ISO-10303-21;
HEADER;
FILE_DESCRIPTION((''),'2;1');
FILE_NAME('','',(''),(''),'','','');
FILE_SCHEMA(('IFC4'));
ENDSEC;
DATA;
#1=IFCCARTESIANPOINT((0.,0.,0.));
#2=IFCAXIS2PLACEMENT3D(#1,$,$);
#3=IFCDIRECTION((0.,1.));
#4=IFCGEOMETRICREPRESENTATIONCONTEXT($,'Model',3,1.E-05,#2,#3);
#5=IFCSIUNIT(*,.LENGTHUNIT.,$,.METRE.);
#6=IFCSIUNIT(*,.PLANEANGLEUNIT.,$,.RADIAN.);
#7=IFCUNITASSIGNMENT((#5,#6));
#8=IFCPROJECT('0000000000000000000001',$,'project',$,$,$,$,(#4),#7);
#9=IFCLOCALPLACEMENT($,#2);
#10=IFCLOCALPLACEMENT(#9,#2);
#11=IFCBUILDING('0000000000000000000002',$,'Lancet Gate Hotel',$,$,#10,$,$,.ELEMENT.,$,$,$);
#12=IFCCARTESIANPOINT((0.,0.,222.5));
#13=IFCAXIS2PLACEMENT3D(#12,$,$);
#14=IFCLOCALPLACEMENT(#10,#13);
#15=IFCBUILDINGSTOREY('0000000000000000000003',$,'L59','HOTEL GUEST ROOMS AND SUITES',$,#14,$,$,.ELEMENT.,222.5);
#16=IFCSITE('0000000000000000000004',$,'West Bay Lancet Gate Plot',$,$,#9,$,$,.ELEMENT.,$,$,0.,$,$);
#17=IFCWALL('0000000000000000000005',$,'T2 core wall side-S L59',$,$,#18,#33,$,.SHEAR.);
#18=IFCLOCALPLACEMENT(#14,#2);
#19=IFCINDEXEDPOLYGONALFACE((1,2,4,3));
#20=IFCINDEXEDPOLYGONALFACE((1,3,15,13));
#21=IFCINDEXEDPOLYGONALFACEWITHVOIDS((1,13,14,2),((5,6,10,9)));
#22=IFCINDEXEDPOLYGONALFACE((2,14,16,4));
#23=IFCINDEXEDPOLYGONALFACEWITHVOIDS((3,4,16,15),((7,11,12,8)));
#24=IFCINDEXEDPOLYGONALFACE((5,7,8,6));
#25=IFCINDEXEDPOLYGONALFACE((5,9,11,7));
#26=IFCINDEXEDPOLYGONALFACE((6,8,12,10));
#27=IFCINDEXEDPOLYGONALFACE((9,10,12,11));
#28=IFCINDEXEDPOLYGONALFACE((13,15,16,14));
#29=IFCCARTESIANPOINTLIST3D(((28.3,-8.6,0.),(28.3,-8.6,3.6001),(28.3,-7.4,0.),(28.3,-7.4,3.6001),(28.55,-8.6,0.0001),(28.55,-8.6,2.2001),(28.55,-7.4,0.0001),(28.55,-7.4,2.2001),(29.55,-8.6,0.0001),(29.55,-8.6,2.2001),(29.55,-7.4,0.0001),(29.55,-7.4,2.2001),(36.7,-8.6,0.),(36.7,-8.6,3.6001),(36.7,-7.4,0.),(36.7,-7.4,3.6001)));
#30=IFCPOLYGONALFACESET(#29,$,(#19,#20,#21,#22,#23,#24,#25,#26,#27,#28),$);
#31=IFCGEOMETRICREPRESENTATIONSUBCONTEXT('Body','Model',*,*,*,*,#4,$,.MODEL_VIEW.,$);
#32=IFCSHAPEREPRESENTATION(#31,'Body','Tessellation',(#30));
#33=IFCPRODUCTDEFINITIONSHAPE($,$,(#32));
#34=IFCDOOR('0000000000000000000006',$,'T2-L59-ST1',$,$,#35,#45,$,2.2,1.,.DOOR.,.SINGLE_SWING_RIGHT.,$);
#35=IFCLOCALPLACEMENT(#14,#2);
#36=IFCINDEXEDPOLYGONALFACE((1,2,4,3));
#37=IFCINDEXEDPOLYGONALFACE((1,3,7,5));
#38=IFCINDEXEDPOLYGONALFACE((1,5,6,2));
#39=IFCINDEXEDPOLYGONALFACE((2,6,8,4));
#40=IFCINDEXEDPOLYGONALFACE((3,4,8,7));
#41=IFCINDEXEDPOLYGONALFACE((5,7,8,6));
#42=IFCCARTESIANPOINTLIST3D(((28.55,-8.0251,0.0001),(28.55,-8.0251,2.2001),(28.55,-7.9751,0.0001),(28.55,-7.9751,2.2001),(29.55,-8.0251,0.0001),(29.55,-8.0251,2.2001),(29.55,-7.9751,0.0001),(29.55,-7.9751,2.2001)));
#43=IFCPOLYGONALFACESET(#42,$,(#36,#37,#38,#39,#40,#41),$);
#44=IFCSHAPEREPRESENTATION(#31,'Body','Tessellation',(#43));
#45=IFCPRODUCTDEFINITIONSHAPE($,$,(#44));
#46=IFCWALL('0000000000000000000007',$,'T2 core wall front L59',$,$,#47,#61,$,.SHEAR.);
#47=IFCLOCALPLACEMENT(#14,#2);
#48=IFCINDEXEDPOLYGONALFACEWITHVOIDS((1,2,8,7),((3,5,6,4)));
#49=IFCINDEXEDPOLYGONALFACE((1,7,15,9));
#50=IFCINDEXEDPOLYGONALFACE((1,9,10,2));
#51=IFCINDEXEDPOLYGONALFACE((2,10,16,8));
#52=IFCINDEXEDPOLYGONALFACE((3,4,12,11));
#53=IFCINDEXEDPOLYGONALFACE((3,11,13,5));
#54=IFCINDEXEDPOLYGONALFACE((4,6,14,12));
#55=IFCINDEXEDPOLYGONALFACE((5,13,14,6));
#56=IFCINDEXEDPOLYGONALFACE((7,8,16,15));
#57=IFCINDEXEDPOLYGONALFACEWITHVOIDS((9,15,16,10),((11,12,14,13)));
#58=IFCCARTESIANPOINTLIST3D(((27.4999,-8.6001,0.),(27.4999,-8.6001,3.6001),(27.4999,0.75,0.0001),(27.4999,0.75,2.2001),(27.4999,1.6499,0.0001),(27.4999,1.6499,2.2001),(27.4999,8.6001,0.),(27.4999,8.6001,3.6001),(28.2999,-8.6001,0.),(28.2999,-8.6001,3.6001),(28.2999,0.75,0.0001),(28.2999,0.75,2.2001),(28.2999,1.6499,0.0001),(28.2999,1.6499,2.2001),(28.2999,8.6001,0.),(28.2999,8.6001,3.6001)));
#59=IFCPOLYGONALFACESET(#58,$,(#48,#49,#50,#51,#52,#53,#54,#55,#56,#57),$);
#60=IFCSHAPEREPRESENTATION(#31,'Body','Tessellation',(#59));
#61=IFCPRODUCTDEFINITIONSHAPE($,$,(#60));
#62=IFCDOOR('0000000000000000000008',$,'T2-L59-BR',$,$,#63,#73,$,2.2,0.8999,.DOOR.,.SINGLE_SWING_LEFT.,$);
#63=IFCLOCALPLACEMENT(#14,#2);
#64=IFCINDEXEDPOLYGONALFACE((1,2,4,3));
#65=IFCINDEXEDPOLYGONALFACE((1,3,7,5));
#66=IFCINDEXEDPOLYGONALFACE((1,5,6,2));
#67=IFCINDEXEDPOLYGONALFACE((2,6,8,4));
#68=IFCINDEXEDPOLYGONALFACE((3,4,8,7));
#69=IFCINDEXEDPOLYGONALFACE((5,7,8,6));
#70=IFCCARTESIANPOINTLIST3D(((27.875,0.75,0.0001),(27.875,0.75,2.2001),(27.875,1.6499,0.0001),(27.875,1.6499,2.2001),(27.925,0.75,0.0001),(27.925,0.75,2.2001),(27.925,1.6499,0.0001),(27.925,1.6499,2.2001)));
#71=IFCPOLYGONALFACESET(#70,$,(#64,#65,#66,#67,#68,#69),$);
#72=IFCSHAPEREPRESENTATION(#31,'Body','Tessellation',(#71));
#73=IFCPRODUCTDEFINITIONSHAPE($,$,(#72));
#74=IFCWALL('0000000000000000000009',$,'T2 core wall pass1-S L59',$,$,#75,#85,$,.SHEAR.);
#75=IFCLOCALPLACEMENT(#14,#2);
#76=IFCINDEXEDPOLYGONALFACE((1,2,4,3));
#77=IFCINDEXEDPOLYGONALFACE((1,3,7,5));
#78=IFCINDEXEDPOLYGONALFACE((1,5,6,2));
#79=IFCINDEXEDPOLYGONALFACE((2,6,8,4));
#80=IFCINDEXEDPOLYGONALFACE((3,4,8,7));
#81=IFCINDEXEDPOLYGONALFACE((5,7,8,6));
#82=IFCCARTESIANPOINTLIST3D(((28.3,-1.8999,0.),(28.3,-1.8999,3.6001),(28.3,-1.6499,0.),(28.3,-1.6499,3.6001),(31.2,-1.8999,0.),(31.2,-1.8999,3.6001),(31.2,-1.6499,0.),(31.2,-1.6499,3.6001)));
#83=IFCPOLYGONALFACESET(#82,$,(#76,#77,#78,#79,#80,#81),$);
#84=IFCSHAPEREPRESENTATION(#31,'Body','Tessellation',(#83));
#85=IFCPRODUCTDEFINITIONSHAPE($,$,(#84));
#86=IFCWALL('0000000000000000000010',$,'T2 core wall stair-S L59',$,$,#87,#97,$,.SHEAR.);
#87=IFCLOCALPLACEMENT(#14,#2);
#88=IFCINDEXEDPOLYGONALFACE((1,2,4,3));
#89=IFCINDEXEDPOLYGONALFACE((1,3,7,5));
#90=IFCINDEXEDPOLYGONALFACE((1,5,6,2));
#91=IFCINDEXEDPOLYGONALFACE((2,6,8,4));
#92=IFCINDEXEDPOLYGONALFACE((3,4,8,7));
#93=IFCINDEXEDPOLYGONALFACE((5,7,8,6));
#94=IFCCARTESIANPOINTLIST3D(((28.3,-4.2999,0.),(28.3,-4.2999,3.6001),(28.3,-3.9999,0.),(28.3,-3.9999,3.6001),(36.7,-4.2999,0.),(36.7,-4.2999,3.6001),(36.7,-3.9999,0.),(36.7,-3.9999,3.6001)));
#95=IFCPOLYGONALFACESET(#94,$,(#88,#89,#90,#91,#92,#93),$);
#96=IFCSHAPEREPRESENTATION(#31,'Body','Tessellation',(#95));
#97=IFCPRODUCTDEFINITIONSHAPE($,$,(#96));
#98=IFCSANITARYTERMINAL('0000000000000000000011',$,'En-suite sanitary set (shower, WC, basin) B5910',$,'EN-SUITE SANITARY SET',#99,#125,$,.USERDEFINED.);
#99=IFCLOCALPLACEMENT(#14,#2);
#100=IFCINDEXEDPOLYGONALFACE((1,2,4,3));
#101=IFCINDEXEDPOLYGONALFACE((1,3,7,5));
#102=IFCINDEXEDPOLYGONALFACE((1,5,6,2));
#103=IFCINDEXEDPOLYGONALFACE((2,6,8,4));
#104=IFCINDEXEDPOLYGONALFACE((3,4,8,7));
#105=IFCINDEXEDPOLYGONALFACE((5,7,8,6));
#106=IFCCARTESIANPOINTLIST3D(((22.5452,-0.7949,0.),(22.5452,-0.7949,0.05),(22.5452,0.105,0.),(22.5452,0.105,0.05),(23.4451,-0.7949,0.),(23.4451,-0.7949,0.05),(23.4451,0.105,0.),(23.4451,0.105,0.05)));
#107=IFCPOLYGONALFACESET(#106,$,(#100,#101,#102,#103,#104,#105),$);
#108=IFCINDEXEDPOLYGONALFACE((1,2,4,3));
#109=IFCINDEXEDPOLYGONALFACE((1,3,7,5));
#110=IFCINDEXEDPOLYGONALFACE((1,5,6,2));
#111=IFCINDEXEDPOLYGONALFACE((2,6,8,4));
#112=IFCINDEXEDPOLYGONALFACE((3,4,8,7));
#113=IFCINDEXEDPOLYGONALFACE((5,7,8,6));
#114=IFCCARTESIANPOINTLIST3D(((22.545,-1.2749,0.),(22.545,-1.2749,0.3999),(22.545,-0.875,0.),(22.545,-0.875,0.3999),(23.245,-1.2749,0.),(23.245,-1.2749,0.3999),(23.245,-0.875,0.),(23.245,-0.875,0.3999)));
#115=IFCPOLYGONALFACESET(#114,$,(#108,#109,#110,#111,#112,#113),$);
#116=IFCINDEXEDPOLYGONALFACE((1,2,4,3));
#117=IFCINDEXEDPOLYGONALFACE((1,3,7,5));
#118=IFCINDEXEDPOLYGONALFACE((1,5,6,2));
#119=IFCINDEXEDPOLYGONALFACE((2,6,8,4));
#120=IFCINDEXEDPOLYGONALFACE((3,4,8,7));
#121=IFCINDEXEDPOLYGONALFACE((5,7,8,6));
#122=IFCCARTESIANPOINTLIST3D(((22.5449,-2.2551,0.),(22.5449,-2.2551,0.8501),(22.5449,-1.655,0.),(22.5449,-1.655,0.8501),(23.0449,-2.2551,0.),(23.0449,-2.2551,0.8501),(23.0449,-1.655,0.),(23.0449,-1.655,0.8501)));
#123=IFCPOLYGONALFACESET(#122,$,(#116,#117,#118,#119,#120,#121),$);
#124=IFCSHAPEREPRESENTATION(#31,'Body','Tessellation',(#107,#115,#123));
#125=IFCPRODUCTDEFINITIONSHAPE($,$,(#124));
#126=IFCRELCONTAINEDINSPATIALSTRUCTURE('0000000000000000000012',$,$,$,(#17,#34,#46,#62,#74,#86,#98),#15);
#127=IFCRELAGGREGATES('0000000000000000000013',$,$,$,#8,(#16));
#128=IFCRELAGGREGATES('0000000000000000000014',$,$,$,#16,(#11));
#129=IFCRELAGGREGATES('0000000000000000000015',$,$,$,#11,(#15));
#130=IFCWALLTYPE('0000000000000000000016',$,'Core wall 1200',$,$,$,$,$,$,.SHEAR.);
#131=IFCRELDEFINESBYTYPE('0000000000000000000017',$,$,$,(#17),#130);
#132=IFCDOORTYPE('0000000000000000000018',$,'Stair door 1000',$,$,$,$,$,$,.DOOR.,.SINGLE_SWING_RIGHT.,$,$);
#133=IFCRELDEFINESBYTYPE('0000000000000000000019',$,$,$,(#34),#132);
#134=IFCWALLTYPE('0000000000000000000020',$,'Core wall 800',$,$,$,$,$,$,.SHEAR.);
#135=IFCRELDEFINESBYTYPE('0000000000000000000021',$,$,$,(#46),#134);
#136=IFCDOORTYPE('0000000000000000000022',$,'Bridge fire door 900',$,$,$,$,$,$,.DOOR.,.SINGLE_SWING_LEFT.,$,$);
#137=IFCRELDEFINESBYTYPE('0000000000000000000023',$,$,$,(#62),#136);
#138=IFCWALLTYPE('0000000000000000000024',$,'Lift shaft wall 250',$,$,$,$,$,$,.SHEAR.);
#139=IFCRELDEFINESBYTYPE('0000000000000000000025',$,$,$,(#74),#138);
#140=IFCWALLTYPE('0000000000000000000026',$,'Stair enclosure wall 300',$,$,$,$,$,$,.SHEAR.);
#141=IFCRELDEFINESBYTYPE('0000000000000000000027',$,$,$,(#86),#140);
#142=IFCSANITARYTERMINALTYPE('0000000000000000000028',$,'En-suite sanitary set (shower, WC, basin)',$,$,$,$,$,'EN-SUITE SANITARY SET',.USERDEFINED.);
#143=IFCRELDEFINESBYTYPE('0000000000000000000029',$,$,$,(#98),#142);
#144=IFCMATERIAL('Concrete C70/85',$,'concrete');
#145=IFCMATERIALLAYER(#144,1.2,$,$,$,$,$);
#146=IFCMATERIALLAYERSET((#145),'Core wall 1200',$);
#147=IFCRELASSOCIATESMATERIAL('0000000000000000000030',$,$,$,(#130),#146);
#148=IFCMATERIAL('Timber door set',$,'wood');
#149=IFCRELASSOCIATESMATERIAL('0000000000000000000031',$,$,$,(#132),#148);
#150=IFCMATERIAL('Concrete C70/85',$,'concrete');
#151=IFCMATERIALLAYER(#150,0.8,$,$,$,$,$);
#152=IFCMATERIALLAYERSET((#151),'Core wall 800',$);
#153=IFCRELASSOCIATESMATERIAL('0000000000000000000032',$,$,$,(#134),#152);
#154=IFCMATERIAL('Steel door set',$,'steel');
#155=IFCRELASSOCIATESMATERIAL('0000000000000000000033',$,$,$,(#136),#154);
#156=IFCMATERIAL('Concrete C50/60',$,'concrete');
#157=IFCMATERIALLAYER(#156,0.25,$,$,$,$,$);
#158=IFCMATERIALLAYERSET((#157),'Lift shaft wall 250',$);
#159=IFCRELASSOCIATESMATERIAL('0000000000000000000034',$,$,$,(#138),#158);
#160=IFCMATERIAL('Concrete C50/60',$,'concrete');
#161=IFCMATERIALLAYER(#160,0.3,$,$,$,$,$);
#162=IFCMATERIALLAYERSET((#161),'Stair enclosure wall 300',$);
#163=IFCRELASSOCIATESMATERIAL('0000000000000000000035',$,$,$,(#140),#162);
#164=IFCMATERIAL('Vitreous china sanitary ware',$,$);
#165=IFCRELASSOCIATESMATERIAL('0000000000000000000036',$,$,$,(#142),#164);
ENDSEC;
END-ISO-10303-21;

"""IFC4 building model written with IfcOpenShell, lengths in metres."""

from ifc_helpers import new_model, si_unit, direction, frame, frame_2d, origin, origin_2d, place, context, subcontext, project, spatial, rectangle, extrude, material, layer, layer_set, type_object, element, fill, save


model = new_model("IFC4")

# Units and contexts
model_context = context("Model", 3, precision=1e-05, world=origin(), true_north=direction((0.0, 1.0)))
body_context = subcontext(model_context, "Body", "Model", "MODEL_VIEW")
ifc_project = project(units=[si_unit("LENGTHUNIT", "METRE"), si_unit("PLANEANGLEUNIT", "RADIAN")], contexts=[model_context])

# Site, building, storey
site_placement = place(None, origin())
site = spatial("IfcSite", under=ifc_project, at=site_placement, Name="West Bay Lancet Gate Plot", CompositionType="ELEMENT", RefElevation=0.0)
building_placement = place(site_placement, origin())
building = spatial("IfcBuilding", under=site, at=building_placement, Name="Lancet Gate Hotel", CompositionType="ELEMENT")
storey_placement = place(building_placement, frame((0.0, 0.0, 222.5)))
storey = spatial("IfcBuildingStorey", under=building, at=storey_placement, Name="L59", Description="HOTEL GUEST ROOMS AND SUITES", CompositionType="ELEMENT", Elevation=222.5)

# Walls, openings, doors
ifc_material_1 = material(Name="Concrete C70/85", Category="concrete")
ifc_layer_1 = layer(ifc_material_1, 1.2)
ifc_layer_set_1 = layer_set([ifc_layer_1], Name="Core wall 1200")
wall_type_1 = type_object("IfcWallType", Name="Core wall 1200", PredefinedType="SHEAR", material=ifc_layer_set_1)
wall_1_placement = place(storey_placement, frame((28.3, -8.0, 0.0), z_axis=(0.0, 0.0, 1.0), x_axis=(1.0, 0.0, 0.0)))
wall_1 = element("IfcWall", 1, at=wall_1_placement, inside=storey, type_object=wall_type_1, Name="T2 core wall side-S L59", PredefinedType="SHEAR", context=body_context, shape_type="SweptSolid", body=[
    extrude(rectangle(XDim=8.3999, YDim=1.2, at=frame_2d((4.2, 0.0))), origin(), (0.0, 0.0, 1.0), 3.6001),
])
opening_1_placement = place(wall_1_placement, frame((0.25, 0.0, 0.0)))
opening_1 = element("IfcOpeningElement", 2, at=opening_1_placement, cuts=wall_1, PredefinedType="OPENING", context=body_context, shape_type="SweptSolid", body=[
    extrude(rectangle(XDim=1.0, YDim=2.2, at=frame_2d((0.5, 1.1001))), frame((0.0, 0.6099, 0.0), z_axis=(0.0, -1.0, 0.0), x_axis=(1.0, 0.0, 0.0)), (0.0, 0.0, 1.0), 1.22),
])
ifc_material_2 = material(Name="Timber door set", Category="wood")
door_type_1 = type_object("IfcDoorType", Name="Stair door 1000", OperationType="SINGLE_SWING_RIGHT", PredefinedType="DOOR", material=ifc_material_2)
door_1_placement = place(opening_1_placement, origin())
door_1 = element("IfcDoor", 3, at=door_1_placement, inside=storey, type_object=door_type_1, Name="T2-L59-ST1", OperationType="SINGLE_SWING_RIGHT", OverallHeight=2.2, OverallWidth=1.0, PredefinedType="DOOR", context=body_context, shape_type="SweptSolid", body=[
    extrude(rectangle(XDim=1.0, YDim=2.2, at=frame_2d((0.5, 1.1001))), frame((0.0, 0.0249, 0.0), z_axis=(0.0, -1.0, 0.0), x_axis=(1.0, 0.0, 0.0)), (0.0, 0.0, 1.0), 0.05),
])
fill(opening_1, door_1)
ifc_material_3 = material(Name="Concrete C70/85", Category="concrete")
ifc_layer_2 = layer(ifc_material_3, 0.8)
ifc_layer_set_2 = layer_set([ifc_layer_2], Name="Core wall 800")
wall_type_2 = type_object("IfcWallType", Name="Core wall 800", PredefinedType="SHEAR", material=ifc_layer_set_2)
wall_2_placement = place(storey_placement, frame((27.8999, -8.6001, 0.0), z_axis=(0.0, 0.0, 1.0), x_axis=(0.0, 1.0, 0.0)))
wall_2 = element("IfcWall", 4, at=wall_2_placement, inside=storey, type_object=wall_type_2, Name="T2 core wall front L59", PredefinedType="SHEAR", context=body_context, shape_type="SweptSolid", body=[
    extrude(rectangle(XDim=17.2002, YDim=0.8, at=frame_2d((8.6001, 0.0))), origin(), (0.0, 0.0, 1.0), 3.6001),
])
opening_2_placement = place(wall_2_placement, frame((9.3501, 0.0, 0.0)))
opening_2 = element("IfcOpeningElement", 5, at=opening_2_placement, cuts=wall_2, PredefinedType="OPENING", context=body_context, shape_type="SweptSolid", body=[
    extrude(rectangle(XDim=0.8999, YDim=2.2, at=frame_2d((0.45, 1.1001))), frame((0.0, 0.4099, 0.0), z_axis=(0.0, -1.0, 0.0), x_axis=(1.0, 0.0, 0.0)), (0.0, 0.0, 1.0), 0.8201),
])
ifc_material_4 = material(Name="Steel door set", Category="steel")
door_type_2 = type_object("IfcDoorType", Name="Bridge fire door 900", OperationType="SINGLE_SWING_LEFT", PredefinedType="DOOR", material=ifc_material_4)
door_2_placement = place(opening_2_placement, origin())
door_2 = element("IfcDoor", 6, at=door_2_placement, inside=storey, type_object=door_type_2, Name="T2-L59-BR", OperationType="SINGLE_SWING_LEFT", OverallHeight=2.2, OverallWidth=0.8999, PredefinedType="DOOR", context=body_context, shape_type="SweptSolid", body=[
    extrude(rectangle(XDim=0.8999, YDim=2.2, at=frame_2d((0.45, 1.1001))), frame((0.0, 0.0249, 0.0), z_axis=(0.0, -1.0, 0.0), x_axis=(1.0, 0.0, 0.0)), (0.0, 0.0, 1.0), 0.05),
])
fill(opening_2, door_2)

# Walls
ifc_material_5 = material(Name="Concrete C50/60", Category="concrete")
ifc_layer_3 = layer(ifc_material_5, 0.25)
ifc_layer_set_3 = layer_set([ifc_layer_3], Name="Lift shaft wall 250")
wall_type_3 = type_object("IfcWallType", Name="Lift shaft wall 250", PredefinedType="SHEAR", material=ifc_layer_set_3)
wall_3_placement = place(storey_placement, frame((28.3, -1.7749, 0.0), z_axis=(0.0, 0.0, 1.0), x_axis=(1.0, 0.0, 0.0)))
element("IfcWall", 7, at=wall_3_placement, inside=storey, type_object=wall_type_3, Name="T2 core wall pass1-S L59", PredefinedType="SHEAR", context=body_context, shape_type="SweptSolid", body=[
    extrude(rectangle(XDim=2.8999, YDim=0.25, at=frame_2d((1.45, 0.0))), origin(), (0.0, 0.0, 1.0), 3.6001),
])
ifc_material_6 = material(Name="Concrete C50/60", Category="concrete")
ifc_layer_4 = layer(ifc_material_6, 0.3)
ifc_layer_set_4 = layer_set([ifc_layer_4], Name="Stair enclosure wall 300")
wall_type_4 = type_object("IfcWallType", Name="Stair enclosure wall 300", PredefinedType="SHEAR", material=ifc_layer_set_4)
wall_4_placement = place(storey_placement, frame((28.3, -4.1499, 0.0), z_axis=(0.0, 0.0, 1.0), x_axis=(1.0, 0.0, 0.0)))
element("IfcWall", 8, at=wall_4_placement, inside=storey, type_object=wall_type_4, Name="T2 core wall stair-S L59", PredefinedType="SHEAR", context=body_context, shape_type="SweptSolid", body=[
    extrude(rectangle(XDim=8.3999, YDim=0.3, at=frame_2d((4.2, 0.0))), origin(), (0.0, 0.0, 1.0), 3.6001),
])

# Sanitary terminal
ifc_material_7 = material(Name="Vitreous china sanitary ware")
sanitary_terminal_type = type_object("IfcSanitaryTerminalType", Name="En-suite sanitary set (shower, WC, basin)", ElementType="EN-SUITE SANITARY SET", PredefinedType="USERDEFINED", material=ifc_material_7)
sanitary_terminal_placement = place(storey_placement, frame((22.9951, -0.345, 0.0), z_axis=(0.0, 0.0, 1.0), x_axis=(1.0, 0.0, 0.0)))
element("IfcSanitaryTerminal", 9, at=sanitary_terminal_placement, inside=storey, type_object=sanitary_terminal_type, Name="En-suite sanitary set (shower, WC, basin) B5910", ObjectType="EN-SUITE SANITARY SET", PredefinedType="USERDEFINED", context=body_context, shape_type="SweptSolid", body=[
    extrude(rectangle(XDim=0.8999, YDim=0.8999, at=origin_2d()), frame((0.0, 0.0, 0.0), z_axis=(0.0, 0.0, 1.0), x_axis=(0.0, 1.0, 0.0)), (0.0, 0.0, 1.0), 0.05),
    extrude(rectangle(XDim=0.3999, YDim=0.7, at=origin_2d()), frame((-0.1001, -0.73, 0.0), z_axis=(0.0, 0.0, 1.0), x_axis=(0.0, 1.0, 0.0)), (0.0, 0.0, 1.0), 0.3999),
    extrude(rectangle(XDim=0.6001, YDim=0.5, at=origin_2d()), frame((-0.2002, -1.6101, 0.0), z_axis=(0.0, 0.0, 1.0), x_axis=(0.0, 1.0, 0.0)), (0.0, 0.0, 1.0), 0.8501),
])

save(model, "model.ifc")
